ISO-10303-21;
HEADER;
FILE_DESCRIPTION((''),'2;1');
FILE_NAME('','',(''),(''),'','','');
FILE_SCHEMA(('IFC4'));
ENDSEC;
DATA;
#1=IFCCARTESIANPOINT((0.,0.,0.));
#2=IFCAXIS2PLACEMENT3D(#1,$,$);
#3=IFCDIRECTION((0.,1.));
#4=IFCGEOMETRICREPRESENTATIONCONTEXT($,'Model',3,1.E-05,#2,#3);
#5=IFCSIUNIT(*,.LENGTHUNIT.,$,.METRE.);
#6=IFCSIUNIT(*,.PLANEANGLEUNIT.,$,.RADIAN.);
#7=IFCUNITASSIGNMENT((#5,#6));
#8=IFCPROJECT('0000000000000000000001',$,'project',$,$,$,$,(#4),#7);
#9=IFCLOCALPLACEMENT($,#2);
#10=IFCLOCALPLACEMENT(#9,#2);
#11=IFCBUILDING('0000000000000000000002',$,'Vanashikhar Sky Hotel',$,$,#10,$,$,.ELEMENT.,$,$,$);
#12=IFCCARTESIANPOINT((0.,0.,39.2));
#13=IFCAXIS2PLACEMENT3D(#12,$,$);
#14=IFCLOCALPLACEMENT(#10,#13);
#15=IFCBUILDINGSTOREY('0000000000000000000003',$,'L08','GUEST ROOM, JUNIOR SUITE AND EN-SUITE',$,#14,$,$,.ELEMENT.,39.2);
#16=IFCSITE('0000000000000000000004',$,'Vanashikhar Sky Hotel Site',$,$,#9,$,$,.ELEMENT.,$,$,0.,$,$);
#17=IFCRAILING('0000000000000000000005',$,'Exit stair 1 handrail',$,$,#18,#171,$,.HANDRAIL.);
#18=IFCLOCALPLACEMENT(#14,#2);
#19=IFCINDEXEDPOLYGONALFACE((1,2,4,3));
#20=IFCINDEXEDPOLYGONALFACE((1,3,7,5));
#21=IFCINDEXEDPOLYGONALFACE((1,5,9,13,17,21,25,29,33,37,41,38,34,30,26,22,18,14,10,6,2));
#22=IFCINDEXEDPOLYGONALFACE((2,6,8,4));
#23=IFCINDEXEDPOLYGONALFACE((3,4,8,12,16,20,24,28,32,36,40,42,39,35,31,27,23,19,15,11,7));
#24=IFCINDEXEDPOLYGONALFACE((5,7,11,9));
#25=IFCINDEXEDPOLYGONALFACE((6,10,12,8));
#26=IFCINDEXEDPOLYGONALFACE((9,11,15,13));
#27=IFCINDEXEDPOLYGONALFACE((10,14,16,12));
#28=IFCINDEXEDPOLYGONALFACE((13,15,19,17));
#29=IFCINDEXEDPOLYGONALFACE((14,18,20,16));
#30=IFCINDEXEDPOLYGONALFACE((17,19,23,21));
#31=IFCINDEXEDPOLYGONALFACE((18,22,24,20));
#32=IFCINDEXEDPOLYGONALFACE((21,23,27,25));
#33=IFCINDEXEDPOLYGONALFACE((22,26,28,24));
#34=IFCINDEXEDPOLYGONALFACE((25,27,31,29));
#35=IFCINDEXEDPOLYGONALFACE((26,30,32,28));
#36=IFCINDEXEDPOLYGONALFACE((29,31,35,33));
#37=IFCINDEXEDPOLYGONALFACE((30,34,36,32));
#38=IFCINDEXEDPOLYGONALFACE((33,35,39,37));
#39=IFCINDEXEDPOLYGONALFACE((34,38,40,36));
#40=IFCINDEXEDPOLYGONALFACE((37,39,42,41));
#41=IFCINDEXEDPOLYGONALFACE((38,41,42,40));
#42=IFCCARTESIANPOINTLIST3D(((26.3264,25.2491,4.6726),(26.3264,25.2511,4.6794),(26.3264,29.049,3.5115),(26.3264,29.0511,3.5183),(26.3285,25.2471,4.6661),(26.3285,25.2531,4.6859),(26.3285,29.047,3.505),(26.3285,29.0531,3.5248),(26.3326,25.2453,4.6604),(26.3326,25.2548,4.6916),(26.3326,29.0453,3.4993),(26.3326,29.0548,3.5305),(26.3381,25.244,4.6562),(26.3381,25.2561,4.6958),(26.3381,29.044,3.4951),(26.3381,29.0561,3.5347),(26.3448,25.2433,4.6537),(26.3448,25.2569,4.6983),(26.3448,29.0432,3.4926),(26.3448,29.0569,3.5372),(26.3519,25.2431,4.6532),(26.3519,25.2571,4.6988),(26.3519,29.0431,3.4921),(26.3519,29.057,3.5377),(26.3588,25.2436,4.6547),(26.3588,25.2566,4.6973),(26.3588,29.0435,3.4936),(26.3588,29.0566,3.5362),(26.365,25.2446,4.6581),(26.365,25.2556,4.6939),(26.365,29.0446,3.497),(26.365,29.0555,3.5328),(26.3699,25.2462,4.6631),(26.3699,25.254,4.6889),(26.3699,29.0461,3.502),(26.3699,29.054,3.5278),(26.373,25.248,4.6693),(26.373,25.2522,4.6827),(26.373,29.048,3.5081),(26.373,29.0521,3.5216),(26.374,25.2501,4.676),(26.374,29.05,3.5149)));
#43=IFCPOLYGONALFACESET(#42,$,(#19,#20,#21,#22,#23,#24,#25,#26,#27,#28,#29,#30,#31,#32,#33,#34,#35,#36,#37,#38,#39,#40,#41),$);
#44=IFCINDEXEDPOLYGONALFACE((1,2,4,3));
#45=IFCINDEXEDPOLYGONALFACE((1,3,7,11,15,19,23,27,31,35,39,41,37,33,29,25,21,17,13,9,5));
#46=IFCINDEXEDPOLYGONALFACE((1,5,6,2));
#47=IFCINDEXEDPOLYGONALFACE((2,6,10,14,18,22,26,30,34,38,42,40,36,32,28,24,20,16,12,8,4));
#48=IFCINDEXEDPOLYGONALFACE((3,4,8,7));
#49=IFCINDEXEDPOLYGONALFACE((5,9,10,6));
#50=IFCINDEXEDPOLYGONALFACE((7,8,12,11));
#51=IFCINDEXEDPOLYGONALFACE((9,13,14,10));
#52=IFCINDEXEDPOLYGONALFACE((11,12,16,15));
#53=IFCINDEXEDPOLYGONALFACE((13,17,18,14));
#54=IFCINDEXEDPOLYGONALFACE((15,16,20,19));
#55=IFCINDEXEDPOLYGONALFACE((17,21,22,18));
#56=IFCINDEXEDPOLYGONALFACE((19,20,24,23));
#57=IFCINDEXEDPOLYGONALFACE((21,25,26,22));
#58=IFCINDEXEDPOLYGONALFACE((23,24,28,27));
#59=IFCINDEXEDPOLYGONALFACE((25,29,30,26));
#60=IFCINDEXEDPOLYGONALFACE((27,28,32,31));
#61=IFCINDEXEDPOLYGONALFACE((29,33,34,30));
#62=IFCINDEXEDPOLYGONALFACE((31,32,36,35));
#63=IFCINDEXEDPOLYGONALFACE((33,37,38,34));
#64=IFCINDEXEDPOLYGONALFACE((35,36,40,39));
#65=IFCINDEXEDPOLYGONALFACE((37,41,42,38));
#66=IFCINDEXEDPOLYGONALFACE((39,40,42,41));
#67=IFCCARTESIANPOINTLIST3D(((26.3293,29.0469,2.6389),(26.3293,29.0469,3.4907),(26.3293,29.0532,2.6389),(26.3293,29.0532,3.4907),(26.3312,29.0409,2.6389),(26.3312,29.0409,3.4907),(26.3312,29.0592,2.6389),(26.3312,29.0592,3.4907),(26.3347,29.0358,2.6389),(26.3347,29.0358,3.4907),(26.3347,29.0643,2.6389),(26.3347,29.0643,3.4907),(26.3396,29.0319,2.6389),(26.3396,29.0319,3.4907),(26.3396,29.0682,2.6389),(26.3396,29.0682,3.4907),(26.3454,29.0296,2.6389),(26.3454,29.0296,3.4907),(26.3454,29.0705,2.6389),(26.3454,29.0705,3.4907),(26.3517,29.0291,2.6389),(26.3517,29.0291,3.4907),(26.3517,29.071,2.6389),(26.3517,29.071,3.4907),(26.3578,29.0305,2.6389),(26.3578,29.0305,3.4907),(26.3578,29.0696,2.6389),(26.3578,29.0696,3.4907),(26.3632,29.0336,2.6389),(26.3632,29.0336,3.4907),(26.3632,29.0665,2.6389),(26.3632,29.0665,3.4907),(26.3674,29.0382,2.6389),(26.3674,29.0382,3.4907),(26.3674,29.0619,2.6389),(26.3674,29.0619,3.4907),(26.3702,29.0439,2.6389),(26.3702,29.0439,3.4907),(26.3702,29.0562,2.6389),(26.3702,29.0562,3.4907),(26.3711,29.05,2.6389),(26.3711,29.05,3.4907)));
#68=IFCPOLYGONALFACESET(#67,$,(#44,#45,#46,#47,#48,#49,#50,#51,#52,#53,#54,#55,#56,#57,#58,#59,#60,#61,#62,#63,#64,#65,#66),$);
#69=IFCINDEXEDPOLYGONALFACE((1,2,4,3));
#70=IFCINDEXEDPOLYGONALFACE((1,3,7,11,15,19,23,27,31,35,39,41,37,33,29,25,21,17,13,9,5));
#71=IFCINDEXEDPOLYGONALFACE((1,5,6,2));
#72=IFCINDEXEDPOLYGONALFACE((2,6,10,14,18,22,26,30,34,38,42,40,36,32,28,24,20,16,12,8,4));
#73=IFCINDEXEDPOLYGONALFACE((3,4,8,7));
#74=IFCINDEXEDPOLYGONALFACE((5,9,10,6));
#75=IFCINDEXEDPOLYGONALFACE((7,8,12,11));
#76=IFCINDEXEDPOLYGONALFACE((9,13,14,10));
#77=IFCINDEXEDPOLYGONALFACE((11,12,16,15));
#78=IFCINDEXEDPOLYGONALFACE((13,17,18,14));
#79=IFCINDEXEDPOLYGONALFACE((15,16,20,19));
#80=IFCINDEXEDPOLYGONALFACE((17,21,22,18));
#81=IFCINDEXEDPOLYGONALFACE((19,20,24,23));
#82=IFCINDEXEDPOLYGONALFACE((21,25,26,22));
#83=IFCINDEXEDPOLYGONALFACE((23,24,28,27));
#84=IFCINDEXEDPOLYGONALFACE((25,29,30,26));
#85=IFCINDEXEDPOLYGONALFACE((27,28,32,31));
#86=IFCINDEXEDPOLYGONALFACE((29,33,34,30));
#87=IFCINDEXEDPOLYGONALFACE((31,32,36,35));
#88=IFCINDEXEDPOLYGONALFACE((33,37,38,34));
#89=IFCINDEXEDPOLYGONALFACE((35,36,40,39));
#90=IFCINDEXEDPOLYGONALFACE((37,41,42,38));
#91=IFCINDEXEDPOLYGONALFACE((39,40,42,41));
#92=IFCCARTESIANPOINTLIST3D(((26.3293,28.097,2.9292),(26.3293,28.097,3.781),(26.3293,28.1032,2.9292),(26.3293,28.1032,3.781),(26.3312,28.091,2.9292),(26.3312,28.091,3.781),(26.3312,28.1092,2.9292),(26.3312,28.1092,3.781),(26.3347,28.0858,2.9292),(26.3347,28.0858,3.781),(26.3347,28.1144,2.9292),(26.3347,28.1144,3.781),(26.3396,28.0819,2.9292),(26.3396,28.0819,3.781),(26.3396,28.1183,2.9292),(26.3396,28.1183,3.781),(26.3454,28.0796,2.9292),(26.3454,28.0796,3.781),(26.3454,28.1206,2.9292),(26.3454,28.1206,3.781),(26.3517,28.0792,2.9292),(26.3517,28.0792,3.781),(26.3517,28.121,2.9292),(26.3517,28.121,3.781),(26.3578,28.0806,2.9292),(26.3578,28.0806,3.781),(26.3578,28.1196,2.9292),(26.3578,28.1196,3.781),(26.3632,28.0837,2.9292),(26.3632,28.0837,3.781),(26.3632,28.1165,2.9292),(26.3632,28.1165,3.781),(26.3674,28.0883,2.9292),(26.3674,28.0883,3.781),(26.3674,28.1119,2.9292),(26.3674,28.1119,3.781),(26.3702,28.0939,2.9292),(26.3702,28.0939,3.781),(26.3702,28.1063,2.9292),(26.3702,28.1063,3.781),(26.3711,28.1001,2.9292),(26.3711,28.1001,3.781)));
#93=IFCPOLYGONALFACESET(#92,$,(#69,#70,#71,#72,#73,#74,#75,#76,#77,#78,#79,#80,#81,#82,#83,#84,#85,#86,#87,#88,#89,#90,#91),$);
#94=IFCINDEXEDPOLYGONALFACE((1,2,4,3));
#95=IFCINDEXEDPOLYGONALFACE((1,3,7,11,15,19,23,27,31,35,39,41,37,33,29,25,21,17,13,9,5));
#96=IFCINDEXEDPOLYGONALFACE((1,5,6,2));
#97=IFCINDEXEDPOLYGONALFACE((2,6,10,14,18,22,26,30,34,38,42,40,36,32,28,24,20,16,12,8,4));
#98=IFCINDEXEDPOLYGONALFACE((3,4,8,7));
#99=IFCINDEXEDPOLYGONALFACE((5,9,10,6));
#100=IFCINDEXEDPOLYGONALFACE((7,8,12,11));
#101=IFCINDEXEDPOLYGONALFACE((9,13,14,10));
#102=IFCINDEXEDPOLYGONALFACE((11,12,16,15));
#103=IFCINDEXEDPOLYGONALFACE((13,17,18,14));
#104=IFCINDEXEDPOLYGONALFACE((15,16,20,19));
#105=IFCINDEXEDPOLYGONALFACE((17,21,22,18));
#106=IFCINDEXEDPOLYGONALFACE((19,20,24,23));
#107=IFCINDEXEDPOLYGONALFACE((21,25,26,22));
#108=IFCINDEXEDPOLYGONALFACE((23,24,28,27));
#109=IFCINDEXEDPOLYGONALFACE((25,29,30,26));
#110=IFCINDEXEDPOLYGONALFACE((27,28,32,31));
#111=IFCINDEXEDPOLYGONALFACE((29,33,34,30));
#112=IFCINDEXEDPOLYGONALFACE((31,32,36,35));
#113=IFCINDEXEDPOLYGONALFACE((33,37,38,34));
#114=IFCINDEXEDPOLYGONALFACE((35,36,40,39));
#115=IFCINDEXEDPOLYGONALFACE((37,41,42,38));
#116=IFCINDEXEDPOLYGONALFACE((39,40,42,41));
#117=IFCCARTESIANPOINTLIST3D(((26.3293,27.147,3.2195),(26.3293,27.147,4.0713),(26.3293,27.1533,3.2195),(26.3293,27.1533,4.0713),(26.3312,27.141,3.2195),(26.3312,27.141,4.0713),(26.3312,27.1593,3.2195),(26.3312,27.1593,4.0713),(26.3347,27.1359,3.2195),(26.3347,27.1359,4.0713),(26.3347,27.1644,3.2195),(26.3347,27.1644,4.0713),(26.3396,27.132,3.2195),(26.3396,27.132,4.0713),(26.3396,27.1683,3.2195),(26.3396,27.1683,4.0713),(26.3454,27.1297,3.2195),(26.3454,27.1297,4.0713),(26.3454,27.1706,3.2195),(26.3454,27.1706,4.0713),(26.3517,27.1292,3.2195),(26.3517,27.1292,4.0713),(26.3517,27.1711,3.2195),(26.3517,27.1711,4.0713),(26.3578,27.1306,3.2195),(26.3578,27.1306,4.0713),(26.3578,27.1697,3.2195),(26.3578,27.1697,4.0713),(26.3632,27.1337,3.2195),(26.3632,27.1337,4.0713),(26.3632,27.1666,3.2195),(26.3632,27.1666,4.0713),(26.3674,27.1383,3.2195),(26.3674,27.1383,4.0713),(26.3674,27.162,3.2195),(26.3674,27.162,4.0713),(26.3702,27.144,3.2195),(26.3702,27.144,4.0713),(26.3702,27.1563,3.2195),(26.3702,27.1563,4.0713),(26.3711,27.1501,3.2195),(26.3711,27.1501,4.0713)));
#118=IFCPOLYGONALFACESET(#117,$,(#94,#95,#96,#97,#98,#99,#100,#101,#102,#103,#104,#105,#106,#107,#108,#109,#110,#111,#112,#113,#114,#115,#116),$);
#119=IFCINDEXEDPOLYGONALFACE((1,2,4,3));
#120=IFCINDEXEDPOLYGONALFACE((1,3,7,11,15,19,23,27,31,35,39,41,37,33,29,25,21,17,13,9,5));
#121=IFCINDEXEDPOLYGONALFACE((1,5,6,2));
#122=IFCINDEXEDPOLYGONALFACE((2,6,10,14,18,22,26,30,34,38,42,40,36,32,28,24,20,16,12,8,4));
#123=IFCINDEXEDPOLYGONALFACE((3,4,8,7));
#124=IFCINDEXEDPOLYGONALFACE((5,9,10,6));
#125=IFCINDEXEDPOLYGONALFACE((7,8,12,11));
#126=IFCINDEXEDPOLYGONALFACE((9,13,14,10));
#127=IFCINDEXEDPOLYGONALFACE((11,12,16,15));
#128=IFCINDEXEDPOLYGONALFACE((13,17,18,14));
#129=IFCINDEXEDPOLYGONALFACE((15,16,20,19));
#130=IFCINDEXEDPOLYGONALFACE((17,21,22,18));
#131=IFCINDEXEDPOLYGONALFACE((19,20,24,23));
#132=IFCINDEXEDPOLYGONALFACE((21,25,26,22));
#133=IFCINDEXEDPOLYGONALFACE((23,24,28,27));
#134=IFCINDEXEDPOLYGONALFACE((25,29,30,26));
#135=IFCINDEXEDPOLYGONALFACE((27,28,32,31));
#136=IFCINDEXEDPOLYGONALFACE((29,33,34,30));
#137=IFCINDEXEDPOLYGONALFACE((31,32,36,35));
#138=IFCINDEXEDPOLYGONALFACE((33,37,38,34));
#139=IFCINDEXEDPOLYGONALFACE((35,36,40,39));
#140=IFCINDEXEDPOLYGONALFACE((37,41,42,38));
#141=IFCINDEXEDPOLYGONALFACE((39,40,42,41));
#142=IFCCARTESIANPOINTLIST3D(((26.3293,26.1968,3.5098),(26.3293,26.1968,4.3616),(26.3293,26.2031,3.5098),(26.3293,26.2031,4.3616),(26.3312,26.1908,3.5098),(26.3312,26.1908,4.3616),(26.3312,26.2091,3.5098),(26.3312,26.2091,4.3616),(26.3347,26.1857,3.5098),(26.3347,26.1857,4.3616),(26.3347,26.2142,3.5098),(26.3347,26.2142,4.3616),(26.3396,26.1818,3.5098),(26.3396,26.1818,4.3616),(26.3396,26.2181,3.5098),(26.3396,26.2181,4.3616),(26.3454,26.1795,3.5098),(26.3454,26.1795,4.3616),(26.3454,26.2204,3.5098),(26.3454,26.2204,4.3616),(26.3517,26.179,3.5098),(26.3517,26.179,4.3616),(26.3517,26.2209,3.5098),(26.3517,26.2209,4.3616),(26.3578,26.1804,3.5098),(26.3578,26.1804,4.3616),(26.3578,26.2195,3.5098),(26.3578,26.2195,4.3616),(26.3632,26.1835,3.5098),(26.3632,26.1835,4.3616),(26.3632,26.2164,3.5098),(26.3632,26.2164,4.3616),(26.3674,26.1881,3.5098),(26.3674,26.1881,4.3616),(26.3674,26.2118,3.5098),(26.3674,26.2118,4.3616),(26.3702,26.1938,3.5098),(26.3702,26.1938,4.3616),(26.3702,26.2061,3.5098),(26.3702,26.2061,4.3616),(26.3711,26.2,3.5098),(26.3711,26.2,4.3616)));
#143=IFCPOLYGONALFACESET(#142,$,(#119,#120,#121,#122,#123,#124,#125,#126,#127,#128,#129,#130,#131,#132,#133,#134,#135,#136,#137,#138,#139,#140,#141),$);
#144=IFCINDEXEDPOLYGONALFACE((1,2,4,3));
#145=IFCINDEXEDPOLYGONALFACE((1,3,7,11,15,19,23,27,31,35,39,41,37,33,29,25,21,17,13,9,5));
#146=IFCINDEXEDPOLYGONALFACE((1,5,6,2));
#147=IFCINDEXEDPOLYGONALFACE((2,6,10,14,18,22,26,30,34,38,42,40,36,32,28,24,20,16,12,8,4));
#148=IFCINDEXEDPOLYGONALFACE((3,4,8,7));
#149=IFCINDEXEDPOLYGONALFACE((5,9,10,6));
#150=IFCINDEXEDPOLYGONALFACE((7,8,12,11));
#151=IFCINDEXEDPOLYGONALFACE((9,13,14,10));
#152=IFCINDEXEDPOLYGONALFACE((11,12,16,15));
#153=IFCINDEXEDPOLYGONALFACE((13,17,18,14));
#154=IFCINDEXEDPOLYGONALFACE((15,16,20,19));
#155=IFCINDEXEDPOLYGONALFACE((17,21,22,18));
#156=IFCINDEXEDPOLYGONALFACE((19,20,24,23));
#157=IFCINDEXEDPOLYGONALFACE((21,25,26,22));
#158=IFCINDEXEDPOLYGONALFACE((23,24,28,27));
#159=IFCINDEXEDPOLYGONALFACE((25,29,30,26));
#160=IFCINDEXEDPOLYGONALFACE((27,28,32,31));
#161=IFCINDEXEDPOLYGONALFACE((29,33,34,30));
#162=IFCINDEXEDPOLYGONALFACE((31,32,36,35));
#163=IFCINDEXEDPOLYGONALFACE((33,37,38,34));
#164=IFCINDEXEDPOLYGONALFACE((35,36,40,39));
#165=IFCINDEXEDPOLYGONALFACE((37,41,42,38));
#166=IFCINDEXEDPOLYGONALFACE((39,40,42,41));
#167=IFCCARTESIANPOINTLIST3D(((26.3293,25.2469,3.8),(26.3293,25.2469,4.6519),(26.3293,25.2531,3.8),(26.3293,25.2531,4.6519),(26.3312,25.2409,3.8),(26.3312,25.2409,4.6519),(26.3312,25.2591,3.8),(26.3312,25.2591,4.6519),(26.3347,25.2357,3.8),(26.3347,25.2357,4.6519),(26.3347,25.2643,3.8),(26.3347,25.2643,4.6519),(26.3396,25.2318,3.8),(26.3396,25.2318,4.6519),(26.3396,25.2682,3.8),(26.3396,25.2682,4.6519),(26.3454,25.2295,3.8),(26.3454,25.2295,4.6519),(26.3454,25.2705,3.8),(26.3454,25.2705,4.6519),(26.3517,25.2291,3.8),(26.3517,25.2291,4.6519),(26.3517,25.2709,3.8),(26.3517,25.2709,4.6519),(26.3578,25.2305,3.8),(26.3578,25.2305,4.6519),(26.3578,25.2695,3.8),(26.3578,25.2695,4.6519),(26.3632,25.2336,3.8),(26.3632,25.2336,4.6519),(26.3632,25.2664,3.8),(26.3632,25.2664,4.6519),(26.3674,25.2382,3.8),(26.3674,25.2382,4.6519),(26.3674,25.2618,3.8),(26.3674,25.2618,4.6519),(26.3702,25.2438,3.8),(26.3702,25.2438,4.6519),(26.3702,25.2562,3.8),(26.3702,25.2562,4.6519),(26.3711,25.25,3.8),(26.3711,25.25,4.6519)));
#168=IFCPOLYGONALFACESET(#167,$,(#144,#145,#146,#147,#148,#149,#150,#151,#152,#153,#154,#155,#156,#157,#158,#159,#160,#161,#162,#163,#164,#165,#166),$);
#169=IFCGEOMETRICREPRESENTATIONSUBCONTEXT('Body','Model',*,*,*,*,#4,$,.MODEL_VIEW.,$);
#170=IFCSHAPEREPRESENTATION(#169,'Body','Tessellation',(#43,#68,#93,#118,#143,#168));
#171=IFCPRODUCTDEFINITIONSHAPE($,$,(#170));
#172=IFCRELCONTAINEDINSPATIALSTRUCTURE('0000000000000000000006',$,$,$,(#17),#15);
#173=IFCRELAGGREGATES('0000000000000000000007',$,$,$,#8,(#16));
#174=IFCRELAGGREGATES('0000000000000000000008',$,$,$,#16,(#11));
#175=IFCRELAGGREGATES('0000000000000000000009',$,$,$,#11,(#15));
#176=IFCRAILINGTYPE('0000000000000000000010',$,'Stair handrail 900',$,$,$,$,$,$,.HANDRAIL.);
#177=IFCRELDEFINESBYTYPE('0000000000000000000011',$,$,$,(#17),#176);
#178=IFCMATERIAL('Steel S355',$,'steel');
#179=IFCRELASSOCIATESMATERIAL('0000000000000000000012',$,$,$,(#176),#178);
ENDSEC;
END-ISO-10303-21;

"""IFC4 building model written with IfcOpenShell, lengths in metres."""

from ifc_helpers import new_model, si_unit, direction, frame, origin, origin_2d, place, context, subcontext, project, spatial, circle, extrude, source, transform, mapped, material, type_object, element, save


model = new_model("IFC4")

# Units and contexts
model_context = context("Model", 3, precision=1e-05, world=origin(), true_north=direction((0.0, 1.0)))
body_context = subcontext(model_context, "Body", "Model", "MODEL_VIEW")
ifc_project = project(units=[si_unit("LENGTHUNIT", "METRE"), si_unit("PLANEANGLEUNIT", "RADIAN")], contexts=[model_context])

# Site, building, storey
site_placement = place(None, origin())
site = spatial("IfcSite", under=ifc_project, at=site_placement, Name="Vanashikhar Sky Hotel Site", CompositionType="ELEMENT", RefElevation=0.0)
building_placement = place(site_placement, origin())
building = spatial("IfcBuilding", under=site, at=building_placement, Name="Vanashikhar Sky Hotel", CompositionType="ELEMENT")
storey_placement = place(building_placement, frame((0.0, 0.0, 39.2)))
storey = spatial("IfcBuildingStorey", under=building, at=storey_placement, Name="L08", Description="GUEST ROOM, JUNIOR SUITE AND EN-SUITE", CompositionType="ELEMENT", Elevation=39.2)

# Railing
ifc_material_1 = material(Name="Steel S355", Category="steel")
railing_type = type_object("IfcRailingType", Name="Stair handrail 900", PredefinedType="HANDRAIL", material=ifc_material_1)
shared_shape_1 = source(origin(), body_context, "Body", "SweptSolid", [
    extrude(circle(Radius=0.0239, at=origin_2d()), frame((0.0, 0.0, 0.876), z_axis=(0.0, -0.956351, 0.29222), x_axis=(1.0, 0.0, 0.0)), (0.0, 0.0, 1.0), 3.9734),
    extrude(circle(Radius=0.021, at=origin_2d()), origin(), (0.0, 0.0, 1.0), 0.8518),
    extrude(circle(Radius=0.021, at=origin_2d()), frame((0.0, -0.95, 0.2903)), (0.0, 0.0, 1.0), 0.8518),
    extrude(circle(Radius=0.021, at=origin_2d()), frame((0.0, -1.8999, 0.5806)), (0.0, 0.0, 1.0), 0.8518),
    extrude(circle(Radius=0.021, at=origin_2d()), frame((0.0, -2.8501, 0.8708)), (0.0, 0.0, 1.0), 0.8518),
    extrude(circle(Radius=0.021, at=origin_2d()), frame((0.0, -3.8, 1.1611)), (0.0, 0.0, 1.0), 0.8518),
])
railing_1_placement = place(storey_placement, frame((26.3501, 29.05, 2.6389)))
element("IfcRailing", 1, at=railing_1_placement, inside=storey, type_object=railing_type, Name="Exit stair 1 handrail", PredefinedType="HANDRAIL", context=body_context, shape_type="MappedRepresentation", body=[
    mapped(shared_shape_1, transform((0.0, 0.0, 0.0), scale=1.0)),
])

save(model, "model.ifc")
